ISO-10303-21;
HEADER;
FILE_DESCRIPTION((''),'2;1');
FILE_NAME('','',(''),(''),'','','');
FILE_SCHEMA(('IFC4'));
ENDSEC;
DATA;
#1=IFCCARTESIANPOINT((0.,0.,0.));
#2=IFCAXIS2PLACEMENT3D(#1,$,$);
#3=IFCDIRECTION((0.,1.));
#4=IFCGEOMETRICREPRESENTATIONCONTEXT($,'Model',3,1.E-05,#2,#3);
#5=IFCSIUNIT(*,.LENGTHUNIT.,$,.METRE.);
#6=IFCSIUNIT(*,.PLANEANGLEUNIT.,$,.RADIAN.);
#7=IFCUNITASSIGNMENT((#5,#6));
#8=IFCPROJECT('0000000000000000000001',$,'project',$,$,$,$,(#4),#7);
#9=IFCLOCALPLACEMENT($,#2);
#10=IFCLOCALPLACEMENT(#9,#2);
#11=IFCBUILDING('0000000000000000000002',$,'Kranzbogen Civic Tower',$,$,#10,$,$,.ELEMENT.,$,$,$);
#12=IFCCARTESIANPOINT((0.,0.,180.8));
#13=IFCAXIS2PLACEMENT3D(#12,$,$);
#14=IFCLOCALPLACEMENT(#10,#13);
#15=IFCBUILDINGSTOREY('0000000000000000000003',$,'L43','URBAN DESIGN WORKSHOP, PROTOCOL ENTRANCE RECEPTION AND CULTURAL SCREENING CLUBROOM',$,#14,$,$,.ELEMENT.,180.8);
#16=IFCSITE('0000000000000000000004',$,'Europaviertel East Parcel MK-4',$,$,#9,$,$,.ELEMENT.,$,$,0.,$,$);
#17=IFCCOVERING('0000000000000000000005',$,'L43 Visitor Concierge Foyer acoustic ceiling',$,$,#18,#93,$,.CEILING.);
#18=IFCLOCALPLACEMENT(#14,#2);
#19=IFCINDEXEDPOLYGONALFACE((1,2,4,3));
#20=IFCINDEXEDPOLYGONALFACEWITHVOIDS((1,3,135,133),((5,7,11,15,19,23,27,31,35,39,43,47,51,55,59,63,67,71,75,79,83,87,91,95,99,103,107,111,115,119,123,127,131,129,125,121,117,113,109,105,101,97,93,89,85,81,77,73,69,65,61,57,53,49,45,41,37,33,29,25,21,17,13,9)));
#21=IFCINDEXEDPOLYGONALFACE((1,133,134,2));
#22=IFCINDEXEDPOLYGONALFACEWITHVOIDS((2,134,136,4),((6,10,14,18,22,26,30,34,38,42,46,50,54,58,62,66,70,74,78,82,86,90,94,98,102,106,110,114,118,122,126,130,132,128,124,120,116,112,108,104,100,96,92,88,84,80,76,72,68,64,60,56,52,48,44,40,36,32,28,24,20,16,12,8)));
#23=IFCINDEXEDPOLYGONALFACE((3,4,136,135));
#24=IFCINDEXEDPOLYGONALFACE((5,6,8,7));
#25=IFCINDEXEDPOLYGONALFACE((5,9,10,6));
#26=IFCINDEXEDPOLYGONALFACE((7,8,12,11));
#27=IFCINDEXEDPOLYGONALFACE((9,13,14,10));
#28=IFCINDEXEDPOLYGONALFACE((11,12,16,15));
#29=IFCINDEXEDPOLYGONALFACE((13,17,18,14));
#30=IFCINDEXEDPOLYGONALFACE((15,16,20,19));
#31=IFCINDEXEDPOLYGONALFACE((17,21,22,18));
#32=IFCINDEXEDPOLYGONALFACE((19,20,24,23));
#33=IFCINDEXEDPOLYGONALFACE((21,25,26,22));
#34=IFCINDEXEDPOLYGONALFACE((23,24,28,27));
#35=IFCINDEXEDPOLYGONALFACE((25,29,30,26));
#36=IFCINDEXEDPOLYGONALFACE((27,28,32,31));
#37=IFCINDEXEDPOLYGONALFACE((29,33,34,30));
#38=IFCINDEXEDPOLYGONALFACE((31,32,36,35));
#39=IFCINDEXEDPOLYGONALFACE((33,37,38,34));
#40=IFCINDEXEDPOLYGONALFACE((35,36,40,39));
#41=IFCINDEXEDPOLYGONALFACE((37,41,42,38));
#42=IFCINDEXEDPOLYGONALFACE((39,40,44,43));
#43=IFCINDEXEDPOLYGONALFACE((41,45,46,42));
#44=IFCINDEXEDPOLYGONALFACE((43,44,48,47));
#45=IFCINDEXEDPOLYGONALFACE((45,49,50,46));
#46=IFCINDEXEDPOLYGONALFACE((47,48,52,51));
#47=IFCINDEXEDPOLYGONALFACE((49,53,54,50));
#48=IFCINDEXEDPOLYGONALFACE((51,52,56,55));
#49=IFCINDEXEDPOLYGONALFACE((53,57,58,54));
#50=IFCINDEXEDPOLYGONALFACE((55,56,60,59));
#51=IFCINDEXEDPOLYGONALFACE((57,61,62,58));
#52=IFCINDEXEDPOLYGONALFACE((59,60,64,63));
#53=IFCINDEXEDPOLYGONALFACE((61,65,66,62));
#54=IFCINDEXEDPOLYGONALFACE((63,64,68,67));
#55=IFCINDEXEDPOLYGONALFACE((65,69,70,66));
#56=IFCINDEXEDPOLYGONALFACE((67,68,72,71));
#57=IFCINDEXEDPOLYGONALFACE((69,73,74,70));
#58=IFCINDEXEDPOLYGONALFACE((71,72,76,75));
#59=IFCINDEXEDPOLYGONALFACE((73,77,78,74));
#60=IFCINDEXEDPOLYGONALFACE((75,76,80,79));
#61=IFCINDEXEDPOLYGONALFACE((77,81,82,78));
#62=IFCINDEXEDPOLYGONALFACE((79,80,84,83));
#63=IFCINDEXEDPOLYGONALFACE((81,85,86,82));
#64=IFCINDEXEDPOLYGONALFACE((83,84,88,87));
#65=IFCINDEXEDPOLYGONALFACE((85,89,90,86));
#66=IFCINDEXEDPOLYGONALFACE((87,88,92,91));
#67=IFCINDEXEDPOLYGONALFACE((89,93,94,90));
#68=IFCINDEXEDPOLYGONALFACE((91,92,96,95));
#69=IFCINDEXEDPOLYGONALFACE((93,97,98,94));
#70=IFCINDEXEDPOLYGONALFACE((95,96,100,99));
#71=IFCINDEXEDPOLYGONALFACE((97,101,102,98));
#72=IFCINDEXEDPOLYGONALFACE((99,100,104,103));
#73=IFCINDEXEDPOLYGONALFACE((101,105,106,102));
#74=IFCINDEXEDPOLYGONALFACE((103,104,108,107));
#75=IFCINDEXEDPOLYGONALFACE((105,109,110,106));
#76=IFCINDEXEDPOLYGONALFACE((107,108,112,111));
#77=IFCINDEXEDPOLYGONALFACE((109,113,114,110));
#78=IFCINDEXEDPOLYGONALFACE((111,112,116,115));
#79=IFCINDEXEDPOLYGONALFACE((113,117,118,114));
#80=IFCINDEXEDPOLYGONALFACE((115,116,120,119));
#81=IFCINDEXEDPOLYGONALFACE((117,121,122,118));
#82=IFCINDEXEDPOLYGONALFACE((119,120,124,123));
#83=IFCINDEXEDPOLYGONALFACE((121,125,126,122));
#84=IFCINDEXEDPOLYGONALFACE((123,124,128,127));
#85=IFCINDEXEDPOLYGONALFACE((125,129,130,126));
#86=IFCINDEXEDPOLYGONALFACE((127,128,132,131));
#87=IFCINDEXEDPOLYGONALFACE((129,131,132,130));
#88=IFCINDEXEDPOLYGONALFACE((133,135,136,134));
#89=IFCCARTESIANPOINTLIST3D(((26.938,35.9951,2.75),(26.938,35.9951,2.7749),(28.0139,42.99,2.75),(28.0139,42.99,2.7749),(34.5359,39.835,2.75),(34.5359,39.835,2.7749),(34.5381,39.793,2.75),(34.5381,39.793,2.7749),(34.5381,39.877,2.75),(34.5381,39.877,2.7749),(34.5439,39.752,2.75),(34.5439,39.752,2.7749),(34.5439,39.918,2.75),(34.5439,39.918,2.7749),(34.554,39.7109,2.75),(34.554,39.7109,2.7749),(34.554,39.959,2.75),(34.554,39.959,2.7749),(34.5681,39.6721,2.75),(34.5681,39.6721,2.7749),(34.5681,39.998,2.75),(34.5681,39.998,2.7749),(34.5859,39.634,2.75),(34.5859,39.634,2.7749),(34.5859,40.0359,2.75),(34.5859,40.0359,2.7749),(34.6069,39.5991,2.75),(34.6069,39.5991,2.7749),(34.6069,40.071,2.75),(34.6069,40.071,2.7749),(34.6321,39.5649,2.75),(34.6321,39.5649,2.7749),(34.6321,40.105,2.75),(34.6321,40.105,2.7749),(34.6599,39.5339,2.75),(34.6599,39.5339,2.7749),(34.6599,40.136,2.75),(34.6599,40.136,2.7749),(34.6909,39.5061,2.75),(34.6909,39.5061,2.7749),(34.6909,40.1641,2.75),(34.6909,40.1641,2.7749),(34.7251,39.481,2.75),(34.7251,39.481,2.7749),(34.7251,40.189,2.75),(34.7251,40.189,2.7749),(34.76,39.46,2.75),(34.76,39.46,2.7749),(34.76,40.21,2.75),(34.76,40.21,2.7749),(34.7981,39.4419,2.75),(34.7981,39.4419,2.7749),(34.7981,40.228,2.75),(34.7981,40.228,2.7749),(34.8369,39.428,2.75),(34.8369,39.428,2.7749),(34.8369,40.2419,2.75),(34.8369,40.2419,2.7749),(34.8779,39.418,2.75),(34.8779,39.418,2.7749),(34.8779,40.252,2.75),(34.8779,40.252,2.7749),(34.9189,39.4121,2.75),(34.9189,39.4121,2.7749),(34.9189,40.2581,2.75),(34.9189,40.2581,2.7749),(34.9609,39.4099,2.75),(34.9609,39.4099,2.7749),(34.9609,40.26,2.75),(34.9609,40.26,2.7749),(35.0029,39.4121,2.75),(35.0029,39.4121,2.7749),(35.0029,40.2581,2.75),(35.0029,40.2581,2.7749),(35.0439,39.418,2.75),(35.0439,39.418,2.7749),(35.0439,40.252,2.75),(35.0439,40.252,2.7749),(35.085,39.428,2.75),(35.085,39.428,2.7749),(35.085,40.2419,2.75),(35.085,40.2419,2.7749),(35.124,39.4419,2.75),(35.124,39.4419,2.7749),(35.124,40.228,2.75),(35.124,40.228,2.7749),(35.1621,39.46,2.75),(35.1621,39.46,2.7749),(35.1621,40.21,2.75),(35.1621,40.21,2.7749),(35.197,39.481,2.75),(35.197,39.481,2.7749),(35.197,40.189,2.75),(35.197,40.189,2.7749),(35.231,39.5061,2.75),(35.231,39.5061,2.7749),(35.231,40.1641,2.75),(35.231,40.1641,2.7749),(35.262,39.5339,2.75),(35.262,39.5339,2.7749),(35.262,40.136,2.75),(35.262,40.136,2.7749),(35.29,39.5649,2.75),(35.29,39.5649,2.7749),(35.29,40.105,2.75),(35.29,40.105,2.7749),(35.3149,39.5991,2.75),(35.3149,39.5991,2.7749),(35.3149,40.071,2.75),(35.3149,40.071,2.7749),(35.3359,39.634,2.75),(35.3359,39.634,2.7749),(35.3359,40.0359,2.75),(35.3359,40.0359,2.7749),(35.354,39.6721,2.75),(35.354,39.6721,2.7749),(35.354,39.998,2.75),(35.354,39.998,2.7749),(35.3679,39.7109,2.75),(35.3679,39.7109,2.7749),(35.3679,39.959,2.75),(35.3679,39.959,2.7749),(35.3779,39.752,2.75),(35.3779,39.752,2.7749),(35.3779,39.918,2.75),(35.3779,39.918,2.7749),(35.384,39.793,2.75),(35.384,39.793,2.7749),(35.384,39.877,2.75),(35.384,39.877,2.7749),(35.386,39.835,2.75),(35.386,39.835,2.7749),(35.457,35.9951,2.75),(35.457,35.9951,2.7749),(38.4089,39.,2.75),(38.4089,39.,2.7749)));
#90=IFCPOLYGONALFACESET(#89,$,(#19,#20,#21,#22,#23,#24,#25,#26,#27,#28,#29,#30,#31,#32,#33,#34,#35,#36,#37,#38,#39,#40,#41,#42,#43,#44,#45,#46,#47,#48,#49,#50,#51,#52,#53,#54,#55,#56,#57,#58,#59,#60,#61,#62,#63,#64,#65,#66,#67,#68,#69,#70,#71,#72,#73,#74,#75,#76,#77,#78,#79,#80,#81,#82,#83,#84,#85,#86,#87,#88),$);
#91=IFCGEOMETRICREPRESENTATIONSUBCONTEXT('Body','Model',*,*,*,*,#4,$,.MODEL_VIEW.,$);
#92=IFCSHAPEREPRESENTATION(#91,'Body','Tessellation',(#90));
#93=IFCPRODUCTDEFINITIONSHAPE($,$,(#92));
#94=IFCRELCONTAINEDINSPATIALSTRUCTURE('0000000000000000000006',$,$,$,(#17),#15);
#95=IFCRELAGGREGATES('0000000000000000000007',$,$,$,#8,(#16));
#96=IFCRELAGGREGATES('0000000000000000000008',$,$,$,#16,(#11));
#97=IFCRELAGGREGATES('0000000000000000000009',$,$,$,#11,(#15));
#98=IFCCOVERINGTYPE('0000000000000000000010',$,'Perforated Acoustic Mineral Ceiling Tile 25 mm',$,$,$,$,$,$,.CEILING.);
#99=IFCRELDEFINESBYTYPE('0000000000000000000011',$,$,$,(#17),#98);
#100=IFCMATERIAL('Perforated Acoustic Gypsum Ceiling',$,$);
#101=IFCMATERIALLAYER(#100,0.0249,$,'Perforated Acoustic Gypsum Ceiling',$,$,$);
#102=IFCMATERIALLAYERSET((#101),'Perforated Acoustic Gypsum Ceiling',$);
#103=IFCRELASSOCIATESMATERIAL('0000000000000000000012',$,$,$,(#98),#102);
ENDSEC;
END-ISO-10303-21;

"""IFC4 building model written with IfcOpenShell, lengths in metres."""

from ifc_helpers import new_model, si_unit, direction, frame, origin, place, context, subcontext, project, spatial, polyline, outline, extrude, material, layer, layer_set, type_object, element, save


model = new_model("IFC4")

# Units and contexts
model_context = context("Model", 3, precision=1e-05, world=origin(), true_north=direction((0.0, 1.0)))
body_context = subcontext(model_context, "Body", "Model", "MODEL_VIEW")
ifc_project = project(units=[si_unit("LENGTHUNIT", "METRE"), si_unit("PLANEANGLEUNIT", "RADIAN")], contexts=[model_context])

# Site, building, storey
site_placement = place(None, origin())
site = spatial("IfcSite", under=ifc_project, at=site_placement, Name="Europaviertel East Parcel MK-4", CompositionType="ELEMENT", RefElevation=0.0)
building_placement = place(site_placement, origin())
building = spatial("IfcBuilding", under=site, at=building_placement, Name="Kranzbogen Civic Tower", CompositionType="ELEMENT")
storey_placement = place(building_placement, frame((0.0, 0.0, 180.8)))
storey = spatial("IfcBuildingStorey", under=building, at=storey_placement, Name="L43", Description="URBAN DESIGN WORKSHOP, PROTOCOL ENTRANCE RECEPTION AND CULTURAL SCREENING CLUBROOM", CompositionType="ELEMENT", Elevation=180.8)

# Covering
ifc_material_1 = material(Name="Perforated Acoustic Gypsum Ceiling")
ifc_layer_1 = layer(ifc_material_1, 0.0249, Name="Perforated Acoustic Gypsum Ceiling")
ifc_layer_set_1 = layer_set([ifc_layer_1], Name="Perforated Acoustic Gypsum Ceiling")
covering_type_1 = type_object("IfcCoveringType", Name="Perforated Acoustic Mineral Ceiling Tile 25 mm", PredefinedType="CEILING", material=ifc_layer_set_1)
covering_1_placement = place(storey_placement, frame((0.0, 0.0, 2.75)))
element("IfcCovering", 1, at=covering_1_placement, inside=storey, type_object=covering_type_1, Name="L43 Visitor Concierge Foyer acoustic ceiling", PredefinedType="CEILING", context=body_context, shape_type="SweptSolid", body=[
    extrude(outline(polyline([(35.457, 35.9951), (26.938, 35.9951), (28.0139, 42.99), (38.4089, 39.0), (35.457, 35.9951)]), holes=[polyline([(35.354, 39.6721), (35.3359, 39.634), (35.3149, 39.5991), (35.29, 39.5649), (35.262, 39.5339), (35.231, 39.5061), (35.197, 39.481), (35.1621, 39.46), (35.124, 39.4419), (35.085, 39.428), (35.0439, 39.418), (35.0029, 39.4121), (34.9609, 39.4099), (34.9189, 39.4121), (34.8779, 39.418), (34.8369, 39.428), (34.7981, 39.4419), (34.76, 39.46), (34.7251, 39.481), (34.6909, 39.5061), (34.6599, 39.5339), (34.6321, 39.5649), (34.6069, 39.5991), (34.5859, 39.634), (34.5681, 39.6721), (34.554, 39.7109), (34.5439, 39.752), (34.5381, 39.793), (34.5359, 39.835), (34.5381, 39.877), (34.5439, 39.918), (34.554, 39.959), (34.5681, 39.998), (34.5859, 40.0359), (34.6069, 40.071), (34.6321, 40.105), (34.6599, 40.136), (34.6909, 40.1641), (34.7251, 40.189), (34.76, 40.21), (34.7981, 40.228), (34.8369, 40.2419), (34.8779, 40.252), (34.9189, 40.2581), (34.9609, 40.26), (35.0029, 40.2581), (35.0439, 40.252), (35.085, 40.2419), (35.124, 40.228), (35.1621, 40.21), (35.197, 40.189), (35.231, 40.1641), (35.262, 40.136), (35.29, 40.105), (35.3149, 40.071), (35.3359, 40.0359), (35.354, 39.998), (35.3679, 39.959), (35.3779, 39.918), (35.384, 39.877), (35.386, 39.835), (35.384, 39.793), (35.3779, 39.752), (35.3679, 39.7109), (35.354, 39.6721)])]), origin(), (0.0, 0.0, 1.0), 0.0249),
])

save(model, "model.ifc")
